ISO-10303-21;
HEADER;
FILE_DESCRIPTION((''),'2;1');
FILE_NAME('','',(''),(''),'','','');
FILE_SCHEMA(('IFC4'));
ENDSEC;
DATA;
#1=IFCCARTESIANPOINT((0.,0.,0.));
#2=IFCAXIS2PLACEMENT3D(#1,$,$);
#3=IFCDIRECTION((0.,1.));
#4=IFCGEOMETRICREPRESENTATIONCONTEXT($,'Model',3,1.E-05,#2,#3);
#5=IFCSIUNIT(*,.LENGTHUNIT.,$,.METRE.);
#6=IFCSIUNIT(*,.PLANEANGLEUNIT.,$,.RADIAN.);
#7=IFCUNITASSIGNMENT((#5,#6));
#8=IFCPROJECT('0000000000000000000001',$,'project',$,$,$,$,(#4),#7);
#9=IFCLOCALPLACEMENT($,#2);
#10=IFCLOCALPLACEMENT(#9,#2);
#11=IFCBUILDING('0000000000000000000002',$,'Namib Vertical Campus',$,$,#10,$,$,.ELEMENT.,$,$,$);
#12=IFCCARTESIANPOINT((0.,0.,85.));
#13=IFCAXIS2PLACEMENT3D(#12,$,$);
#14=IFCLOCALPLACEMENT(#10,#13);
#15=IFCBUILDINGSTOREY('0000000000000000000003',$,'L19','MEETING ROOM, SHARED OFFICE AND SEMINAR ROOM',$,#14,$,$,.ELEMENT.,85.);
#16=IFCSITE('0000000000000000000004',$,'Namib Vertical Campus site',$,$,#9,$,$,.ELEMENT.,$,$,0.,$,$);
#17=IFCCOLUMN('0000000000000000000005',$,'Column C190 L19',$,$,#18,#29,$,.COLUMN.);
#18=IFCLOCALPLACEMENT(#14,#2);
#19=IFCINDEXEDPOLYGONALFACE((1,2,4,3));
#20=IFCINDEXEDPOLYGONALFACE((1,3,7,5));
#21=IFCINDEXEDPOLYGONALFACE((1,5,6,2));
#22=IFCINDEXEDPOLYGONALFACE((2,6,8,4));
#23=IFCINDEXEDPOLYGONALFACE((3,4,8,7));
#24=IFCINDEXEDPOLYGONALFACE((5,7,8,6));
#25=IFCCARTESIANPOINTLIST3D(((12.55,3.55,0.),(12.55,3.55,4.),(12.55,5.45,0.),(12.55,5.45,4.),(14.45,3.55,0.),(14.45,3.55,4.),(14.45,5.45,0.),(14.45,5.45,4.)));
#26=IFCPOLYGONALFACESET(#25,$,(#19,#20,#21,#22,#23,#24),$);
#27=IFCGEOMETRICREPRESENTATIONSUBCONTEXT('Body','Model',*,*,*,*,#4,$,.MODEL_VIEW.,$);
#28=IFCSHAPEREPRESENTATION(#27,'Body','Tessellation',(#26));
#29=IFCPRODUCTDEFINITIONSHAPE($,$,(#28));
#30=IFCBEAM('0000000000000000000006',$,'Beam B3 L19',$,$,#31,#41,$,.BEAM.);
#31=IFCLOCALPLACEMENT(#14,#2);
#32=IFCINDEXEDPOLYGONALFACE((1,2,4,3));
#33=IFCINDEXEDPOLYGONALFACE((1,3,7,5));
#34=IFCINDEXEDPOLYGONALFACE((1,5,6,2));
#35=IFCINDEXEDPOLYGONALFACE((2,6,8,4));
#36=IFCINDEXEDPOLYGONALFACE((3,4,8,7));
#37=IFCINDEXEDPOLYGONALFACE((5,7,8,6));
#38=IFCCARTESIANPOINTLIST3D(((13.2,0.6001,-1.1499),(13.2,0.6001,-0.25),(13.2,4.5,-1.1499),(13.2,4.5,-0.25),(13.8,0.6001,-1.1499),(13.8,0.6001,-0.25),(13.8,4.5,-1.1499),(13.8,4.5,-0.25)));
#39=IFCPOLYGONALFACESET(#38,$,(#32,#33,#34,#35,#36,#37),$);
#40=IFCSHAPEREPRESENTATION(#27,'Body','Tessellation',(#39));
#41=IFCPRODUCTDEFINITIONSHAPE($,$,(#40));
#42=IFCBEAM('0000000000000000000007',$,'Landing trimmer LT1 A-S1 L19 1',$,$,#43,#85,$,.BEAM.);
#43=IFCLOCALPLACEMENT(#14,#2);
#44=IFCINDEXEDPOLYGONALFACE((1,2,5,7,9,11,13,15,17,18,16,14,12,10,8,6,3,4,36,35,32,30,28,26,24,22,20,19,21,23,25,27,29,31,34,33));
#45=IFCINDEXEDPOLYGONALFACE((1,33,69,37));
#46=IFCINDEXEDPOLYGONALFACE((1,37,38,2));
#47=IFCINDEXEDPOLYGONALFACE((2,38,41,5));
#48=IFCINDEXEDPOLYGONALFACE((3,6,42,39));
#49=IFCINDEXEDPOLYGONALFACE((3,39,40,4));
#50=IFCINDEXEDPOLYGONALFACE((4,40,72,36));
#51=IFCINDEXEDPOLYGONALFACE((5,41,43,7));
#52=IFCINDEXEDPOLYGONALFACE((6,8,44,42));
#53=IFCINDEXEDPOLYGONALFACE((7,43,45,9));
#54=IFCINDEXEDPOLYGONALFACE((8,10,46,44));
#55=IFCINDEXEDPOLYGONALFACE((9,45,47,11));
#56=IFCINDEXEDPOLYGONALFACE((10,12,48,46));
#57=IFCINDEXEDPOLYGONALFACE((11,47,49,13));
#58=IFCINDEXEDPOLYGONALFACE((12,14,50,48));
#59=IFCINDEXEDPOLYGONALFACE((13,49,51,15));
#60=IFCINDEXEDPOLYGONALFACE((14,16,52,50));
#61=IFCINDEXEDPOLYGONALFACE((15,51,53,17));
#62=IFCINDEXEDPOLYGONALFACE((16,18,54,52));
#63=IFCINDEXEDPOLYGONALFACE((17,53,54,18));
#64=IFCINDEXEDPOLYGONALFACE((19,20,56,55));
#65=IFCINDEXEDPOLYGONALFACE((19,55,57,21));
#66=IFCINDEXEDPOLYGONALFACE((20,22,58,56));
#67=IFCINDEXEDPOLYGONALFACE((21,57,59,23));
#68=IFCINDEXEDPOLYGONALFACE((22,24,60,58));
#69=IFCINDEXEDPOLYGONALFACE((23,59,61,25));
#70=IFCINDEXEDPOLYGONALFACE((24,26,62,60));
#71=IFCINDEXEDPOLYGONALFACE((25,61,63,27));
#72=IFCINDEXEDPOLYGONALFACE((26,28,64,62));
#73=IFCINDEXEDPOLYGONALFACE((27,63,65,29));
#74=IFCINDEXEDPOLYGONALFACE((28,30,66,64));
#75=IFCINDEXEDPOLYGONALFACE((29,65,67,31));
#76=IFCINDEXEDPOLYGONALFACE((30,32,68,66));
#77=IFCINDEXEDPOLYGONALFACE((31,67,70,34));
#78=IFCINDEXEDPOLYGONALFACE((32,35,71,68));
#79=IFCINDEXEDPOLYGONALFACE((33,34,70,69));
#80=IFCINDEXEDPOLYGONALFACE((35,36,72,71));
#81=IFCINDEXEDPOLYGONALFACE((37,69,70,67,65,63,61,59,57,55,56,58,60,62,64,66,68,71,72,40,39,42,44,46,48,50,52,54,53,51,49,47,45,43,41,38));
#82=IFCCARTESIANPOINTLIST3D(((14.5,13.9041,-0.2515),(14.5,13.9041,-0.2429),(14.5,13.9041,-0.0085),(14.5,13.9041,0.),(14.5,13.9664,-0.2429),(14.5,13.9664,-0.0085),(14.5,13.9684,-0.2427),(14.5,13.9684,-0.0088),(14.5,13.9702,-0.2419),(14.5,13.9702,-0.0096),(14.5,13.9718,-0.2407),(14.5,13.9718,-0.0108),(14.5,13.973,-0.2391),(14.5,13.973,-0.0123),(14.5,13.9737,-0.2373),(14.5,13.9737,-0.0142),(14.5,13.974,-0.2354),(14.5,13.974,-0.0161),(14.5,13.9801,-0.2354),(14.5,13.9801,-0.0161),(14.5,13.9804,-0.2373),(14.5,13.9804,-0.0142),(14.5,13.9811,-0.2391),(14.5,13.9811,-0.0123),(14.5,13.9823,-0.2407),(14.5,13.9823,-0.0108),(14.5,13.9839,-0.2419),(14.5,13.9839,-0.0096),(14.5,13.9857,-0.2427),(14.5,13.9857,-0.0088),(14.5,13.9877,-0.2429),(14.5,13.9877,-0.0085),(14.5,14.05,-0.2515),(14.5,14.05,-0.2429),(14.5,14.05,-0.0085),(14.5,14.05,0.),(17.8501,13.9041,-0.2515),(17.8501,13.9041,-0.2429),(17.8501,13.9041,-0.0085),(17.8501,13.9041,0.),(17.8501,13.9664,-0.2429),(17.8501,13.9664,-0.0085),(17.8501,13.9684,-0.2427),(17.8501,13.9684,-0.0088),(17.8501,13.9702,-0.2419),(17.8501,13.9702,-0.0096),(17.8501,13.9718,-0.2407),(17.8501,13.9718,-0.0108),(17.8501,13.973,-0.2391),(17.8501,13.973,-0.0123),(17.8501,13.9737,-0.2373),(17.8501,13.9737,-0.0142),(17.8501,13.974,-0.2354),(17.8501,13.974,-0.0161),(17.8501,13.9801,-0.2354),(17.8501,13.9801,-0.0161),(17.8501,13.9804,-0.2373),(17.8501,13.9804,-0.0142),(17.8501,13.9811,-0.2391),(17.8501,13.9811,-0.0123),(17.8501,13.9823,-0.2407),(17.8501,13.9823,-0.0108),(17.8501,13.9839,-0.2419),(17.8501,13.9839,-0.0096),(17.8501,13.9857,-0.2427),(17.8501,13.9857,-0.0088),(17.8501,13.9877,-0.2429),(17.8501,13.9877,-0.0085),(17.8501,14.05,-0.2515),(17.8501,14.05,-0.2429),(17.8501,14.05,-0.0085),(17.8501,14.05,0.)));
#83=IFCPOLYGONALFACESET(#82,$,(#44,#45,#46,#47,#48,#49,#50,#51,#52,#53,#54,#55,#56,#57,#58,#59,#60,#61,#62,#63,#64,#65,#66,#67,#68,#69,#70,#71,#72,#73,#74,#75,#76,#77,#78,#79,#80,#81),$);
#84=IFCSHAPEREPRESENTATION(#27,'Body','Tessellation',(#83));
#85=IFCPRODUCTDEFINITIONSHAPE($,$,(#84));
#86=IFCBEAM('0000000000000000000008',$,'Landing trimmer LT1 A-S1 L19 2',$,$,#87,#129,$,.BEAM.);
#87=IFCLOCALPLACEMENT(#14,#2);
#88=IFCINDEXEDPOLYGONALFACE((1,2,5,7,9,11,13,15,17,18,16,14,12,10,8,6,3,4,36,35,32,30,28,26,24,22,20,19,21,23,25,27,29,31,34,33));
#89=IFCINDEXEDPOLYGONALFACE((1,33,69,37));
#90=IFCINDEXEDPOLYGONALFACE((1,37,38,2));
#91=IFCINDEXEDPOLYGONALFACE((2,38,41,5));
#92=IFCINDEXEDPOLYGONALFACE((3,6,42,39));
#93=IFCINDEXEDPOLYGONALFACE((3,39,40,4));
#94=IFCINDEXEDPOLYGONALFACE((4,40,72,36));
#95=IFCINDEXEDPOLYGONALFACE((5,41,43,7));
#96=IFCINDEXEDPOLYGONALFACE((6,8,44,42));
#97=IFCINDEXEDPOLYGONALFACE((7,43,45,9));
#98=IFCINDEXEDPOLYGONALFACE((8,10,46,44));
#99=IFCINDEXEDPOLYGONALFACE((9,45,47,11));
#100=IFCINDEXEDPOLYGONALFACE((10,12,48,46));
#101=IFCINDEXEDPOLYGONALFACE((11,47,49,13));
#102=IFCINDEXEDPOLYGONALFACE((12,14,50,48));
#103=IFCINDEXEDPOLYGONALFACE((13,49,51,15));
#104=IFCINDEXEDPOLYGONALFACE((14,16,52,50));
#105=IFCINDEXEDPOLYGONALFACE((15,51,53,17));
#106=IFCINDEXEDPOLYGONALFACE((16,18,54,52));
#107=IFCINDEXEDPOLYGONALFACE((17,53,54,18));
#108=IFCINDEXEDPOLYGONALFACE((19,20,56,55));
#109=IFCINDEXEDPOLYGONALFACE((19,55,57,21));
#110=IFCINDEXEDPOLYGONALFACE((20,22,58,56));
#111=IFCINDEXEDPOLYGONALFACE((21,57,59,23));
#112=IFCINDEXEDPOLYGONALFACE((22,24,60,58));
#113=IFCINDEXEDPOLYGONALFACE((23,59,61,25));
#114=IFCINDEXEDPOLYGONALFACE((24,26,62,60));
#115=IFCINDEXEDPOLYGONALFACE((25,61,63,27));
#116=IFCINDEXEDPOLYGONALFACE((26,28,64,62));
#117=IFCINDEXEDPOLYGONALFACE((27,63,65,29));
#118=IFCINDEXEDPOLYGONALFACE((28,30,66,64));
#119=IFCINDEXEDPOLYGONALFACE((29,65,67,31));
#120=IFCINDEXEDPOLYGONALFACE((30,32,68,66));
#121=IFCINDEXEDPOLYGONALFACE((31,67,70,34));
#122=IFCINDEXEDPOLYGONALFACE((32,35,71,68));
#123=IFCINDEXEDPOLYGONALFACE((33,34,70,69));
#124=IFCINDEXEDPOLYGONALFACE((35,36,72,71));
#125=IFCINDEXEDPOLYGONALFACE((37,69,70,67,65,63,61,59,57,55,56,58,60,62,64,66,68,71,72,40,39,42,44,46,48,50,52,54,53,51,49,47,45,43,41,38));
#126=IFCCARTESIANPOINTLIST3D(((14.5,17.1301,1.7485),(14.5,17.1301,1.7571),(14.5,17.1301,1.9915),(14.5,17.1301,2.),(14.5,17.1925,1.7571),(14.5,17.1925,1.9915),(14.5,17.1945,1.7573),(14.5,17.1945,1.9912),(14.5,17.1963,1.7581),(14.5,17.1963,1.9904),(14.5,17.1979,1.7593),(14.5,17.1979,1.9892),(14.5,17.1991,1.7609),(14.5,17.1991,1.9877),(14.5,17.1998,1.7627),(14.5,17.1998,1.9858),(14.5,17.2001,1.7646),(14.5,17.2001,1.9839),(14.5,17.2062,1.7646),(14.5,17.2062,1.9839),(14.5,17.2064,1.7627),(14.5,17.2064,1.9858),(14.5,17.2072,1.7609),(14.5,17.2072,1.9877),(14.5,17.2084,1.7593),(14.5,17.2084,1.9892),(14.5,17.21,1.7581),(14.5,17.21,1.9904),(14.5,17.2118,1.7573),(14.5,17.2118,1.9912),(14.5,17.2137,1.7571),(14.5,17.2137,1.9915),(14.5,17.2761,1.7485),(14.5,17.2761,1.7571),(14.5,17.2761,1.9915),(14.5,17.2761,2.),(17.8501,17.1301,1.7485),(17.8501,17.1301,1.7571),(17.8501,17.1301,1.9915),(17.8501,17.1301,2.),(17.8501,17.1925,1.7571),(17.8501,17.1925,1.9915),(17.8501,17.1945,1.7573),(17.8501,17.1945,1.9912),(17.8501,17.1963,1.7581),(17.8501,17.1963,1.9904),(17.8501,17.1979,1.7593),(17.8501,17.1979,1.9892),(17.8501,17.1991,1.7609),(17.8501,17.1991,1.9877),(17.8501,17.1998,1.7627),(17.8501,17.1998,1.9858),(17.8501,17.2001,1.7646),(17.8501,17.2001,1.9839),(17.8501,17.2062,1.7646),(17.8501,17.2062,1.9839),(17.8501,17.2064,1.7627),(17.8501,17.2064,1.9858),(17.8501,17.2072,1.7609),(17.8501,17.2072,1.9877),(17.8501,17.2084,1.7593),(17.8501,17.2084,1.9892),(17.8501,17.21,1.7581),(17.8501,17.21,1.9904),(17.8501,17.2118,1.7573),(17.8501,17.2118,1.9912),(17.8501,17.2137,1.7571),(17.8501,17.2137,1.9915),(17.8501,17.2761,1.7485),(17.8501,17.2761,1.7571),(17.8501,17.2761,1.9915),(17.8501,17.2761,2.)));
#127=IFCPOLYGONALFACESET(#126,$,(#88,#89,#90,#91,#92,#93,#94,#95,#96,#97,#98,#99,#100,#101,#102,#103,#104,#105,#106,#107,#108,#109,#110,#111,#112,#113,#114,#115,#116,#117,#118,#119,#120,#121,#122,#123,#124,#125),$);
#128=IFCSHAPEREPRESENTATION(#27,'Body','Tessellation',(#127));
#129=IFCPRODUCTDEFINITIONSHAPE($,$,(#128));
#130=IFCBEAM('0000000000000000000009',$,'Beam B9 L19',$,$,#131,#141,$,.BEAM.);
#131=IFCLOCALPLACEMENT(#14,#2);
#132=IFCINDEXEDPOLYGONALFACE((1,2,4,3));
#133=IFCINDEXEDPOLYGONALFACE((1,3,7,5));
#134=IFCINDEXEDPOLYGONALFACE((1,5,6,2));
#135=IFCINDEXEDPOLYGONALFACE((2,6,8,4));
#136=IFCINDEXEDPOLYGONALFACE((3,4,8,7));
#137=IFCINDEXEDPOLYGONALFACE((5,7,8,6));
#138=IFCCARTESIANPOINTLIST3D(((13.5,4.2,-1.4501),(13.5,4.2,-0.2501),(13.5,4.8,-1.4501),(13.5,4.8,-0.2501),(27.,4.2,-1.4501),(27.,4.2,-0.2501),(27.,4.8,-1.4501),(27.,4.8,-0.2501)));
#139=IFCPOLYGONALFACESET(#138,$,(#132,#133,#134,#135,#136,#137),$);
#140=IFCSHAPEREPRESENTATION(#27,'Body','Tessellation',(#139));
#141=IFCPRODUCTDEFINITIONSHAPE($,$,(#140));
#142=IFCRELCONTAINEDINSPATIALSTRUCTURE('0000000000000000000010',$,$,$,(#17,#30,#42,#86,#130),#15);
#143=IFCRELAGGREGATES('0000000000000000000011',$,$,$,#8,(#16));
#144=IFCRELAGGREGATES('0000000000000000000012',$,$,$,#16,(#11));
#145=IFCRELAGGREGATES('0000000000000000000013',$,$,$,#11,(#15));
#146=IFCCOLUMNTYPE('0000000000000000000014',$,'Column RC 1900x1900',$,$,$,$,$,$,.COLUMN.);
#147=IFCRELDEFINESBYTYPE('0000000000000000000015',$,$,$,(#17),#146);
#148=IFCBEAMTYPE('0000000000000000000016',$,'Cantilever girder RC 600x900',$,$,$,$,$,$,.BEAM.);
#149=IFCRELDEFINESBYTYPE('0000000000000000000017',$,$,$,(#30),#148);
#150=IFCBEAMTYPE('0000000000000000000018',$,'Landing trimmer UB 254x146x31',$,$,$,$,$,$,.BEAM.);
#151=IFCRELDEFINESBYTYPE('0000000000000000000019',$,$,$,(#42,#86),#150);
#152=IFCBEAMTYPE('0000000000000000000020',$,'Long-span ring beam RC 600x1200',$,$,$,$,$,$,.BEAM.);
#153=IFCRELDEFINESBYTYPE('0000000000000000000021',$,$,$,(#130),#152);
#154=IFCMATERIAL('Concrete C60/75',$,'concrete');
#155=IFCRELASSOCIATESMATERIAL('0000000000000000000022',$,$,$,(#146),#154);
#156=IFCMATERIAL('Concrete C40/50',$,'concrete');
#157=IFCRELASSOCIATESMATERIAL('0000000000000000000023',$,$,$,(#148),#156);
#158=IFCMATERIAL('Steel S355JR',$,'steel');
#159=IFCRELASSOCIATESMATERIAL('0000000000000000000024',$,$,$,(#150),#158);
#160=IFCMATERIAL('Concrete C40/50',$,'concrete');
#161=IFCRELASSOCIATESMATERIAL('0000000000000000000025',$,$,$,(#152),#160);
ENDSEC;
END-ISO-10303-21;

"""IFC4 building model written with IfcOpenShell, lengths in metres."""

from ifc_helpers import new_model, si_unit, direction, frame, origin, origin_2d, place, context, subcontext, project, spatial, rectangle, i_section, extrude, material, material_profile, profile_set, type_object, element, save


model = new_model("IFC4")

# Units and contexts
model_context = context("Model", 3, precision=1e-05, world=origin(), true_north=direction((0.0, 1.0)))
body_context = subcontext(model_context, "Body", "Model", "MODEL_VIEW")
ifc_project = project(units=[si_unit("LENGTHUNIT", "METRE"), si_unit("PLANEANGLEUNIT", "RADIAN")], contexts=[model_context])

# Site, building, storey
site_placement = place(None, origin())
site = spatial("IfcSite", under=ifc_project, at=site_placement, Name="Namib Vertical Campus site", CompositionType="ELEMENT", RefElevation=0.0)
building_placement = place(site_placement, origin())
building = spatial("IfcBuilding", under=site, at=building_placement, Name="Namib Vertical Campus", CompositionType="ELEMENT")
storey_placement = place(building_placement, frame((0.0, 0.0, 85.0)))
storey = spatial("IfcBuildingStorey", under=building, at=storey_placement, Name="L19", Description="MEETING ROOM, SHARED OFFICE AND SEMINAR ROOM", CompositionType="ELEMENT", Elevation=85.0)

# Column
ifc_material_1 = material(Name="Concrete C60/75", Category="concrete")
ifc_material_profile_1 = material_profile(ifc_material_1, rectangle(XDim=1.8999, YDim=1.8999, at=origin_2d()))
ifc_profile_set_1 = profile_set([ifc_material_profile_1], Name="Concrete C60/75")
column_type = type_object("IfcColumnType", Name="Column RC 1900x1900", PredefinedType="COLUMN", material=ifc_profile_set_1)
column_placement = place(storey_placement, frame((13.5, 4.5, 0.0), z_axis=(0.0, 0.0, 1.0), x_axis=(1.0, 0.0, 0.0)))
element("IfcColumn", 1, at=column_placement, inside=storey, type_object=column_type, Name="Column C190 L19", PredefinedType="COLUMN", context=body_context, shape_type="SweptSolid", body=[
    extrude(rectangle(XDim=1.8999, YDim=1.8999, at=origin_2d()), origin(), (0.0, 0.0, 1.0), 4.0),
])

# Beams
ifc_material_2 = material(Name="Concrete C40/50", Category="concrete")
ifc_material_profile_2 = material_profile(ifc_material_2, rectangle(XDim=0.6001, YDim=0.8999, at=origin_2d()))
ifc_profile_set_2 = profile_set([ifc_material_profile_2], Name="Concrete C40/50")
beam_type_1 = type_object("IfcBeamType", Name="Cantilever girder RC 600x900", PredefinedType="BEAM", material=ifc_profile_set_2)
beam_1_placement = place(storey_placement, frame((13.5, 4.5, -0.7), z_axis=(0.0, -1.0, 0.0), x_axis=(1.0, 0.0, 0.0)))
element("IfcBeam", 2, at=beam_1_placement, inside=storey, type_object=beam_type_1, Name="Beam B3 L19", PredefinedType="BEAM", context=body_context, shape_type="SweptSolid", body=[
    extrude(rectangle(XDim=0.6001, YDim=0.8999, at=origin_2d()), origin(), (0.0, 0.0, 1.0), 3.8999),
])
ifc_material_3 = material(Name="Steel S355JR", Category="steel")
ifc_material_profile_3 = material_profile(ifc_material_3, i_section(OverallWidth=0.146, OverallDepth=0.2515, WebThickness=0.0061, FlangeThickness=0.0085, FilletRadius=0.0076, at=origin_2d()))
ifc_profile_set_3 = profile_set([ifc_material_profile_3], Name="Steel S355JR")
beam_type_2 = type_object("IfcBeamType", Name="Landing trimmer UB 254x146x31", PredefinedType="BEAM", material=ifc_profile_set_3)
for number, where, z_axis, x_axis, name in (
    (3, (14.5, 13.9771, -0.1257), (1.0, 0.0, 0.0), (0.0, 1.0, 0.0), "Landing trimmer LT1 A-S1 L19 1"),
    (4, (14.5, 17.2031, 1.8743), (1.0, 0.0, 0.0), (0.0, 1.0, 0.0), "Landing trimmer LT1 A-S1 L19 2"),
):
    element("IfcBeam", number, at=place(storey_placement, frame(where, z_axis=z_axis, x_axis=x_axis)), inside=storey, type_object=beam_type_2, Name=name, PredefinedType="BEAM", context=body_context, shape_type="SweptSolid", body=[
        extrude(i_section(OverallWidth=0.146, OverallDepth=0.2515, WebThickness=0.0061, FlangeThickness=0.0085, FilletRadius=0.0076, at=origin_2d()), origin(), (0.0, 0.0, 1.0), 3.3501),
    ])
ifc_material_4 = material(Name="Concrete C40/50", Category="concrete")
ifc_material_profile_4 = material_profile(ifc_material_4, rectangle(XDim=0.6001, YDim=1.2, at=origin_2d()))
ifc_profile_set_4 = profile_set([ifc_material_profile_4], Name="Concrete C40/50")
beam_type_3 = type_object("IfcBeamType", Name="Long-span ring beam RC 600x1200", PredefinedType="BEAM", material=ifc_profile_set_4)
beam_2_placement = place(storey_placement, frame((13.5, 4.5, -0.8501), z_axis=(1.0, 0.0, 0.0), x_axis=(0.0, 1.0, 0.0)))
element("IfcBeam", 5, at=beam_2_placement, inside=storey, type_object=beam_type_3, Name="Beam B9 L19", PredefinedType="BEAM", context=body_context, shape_type="SweptSolid", body=[
    extrude(rectangle(XDim=0.6001, YDim=1.2, at=origin_2d()), origin(), (0.0, 0.0, 1.0), 13.5),
])

save(model, "model.ifc")
